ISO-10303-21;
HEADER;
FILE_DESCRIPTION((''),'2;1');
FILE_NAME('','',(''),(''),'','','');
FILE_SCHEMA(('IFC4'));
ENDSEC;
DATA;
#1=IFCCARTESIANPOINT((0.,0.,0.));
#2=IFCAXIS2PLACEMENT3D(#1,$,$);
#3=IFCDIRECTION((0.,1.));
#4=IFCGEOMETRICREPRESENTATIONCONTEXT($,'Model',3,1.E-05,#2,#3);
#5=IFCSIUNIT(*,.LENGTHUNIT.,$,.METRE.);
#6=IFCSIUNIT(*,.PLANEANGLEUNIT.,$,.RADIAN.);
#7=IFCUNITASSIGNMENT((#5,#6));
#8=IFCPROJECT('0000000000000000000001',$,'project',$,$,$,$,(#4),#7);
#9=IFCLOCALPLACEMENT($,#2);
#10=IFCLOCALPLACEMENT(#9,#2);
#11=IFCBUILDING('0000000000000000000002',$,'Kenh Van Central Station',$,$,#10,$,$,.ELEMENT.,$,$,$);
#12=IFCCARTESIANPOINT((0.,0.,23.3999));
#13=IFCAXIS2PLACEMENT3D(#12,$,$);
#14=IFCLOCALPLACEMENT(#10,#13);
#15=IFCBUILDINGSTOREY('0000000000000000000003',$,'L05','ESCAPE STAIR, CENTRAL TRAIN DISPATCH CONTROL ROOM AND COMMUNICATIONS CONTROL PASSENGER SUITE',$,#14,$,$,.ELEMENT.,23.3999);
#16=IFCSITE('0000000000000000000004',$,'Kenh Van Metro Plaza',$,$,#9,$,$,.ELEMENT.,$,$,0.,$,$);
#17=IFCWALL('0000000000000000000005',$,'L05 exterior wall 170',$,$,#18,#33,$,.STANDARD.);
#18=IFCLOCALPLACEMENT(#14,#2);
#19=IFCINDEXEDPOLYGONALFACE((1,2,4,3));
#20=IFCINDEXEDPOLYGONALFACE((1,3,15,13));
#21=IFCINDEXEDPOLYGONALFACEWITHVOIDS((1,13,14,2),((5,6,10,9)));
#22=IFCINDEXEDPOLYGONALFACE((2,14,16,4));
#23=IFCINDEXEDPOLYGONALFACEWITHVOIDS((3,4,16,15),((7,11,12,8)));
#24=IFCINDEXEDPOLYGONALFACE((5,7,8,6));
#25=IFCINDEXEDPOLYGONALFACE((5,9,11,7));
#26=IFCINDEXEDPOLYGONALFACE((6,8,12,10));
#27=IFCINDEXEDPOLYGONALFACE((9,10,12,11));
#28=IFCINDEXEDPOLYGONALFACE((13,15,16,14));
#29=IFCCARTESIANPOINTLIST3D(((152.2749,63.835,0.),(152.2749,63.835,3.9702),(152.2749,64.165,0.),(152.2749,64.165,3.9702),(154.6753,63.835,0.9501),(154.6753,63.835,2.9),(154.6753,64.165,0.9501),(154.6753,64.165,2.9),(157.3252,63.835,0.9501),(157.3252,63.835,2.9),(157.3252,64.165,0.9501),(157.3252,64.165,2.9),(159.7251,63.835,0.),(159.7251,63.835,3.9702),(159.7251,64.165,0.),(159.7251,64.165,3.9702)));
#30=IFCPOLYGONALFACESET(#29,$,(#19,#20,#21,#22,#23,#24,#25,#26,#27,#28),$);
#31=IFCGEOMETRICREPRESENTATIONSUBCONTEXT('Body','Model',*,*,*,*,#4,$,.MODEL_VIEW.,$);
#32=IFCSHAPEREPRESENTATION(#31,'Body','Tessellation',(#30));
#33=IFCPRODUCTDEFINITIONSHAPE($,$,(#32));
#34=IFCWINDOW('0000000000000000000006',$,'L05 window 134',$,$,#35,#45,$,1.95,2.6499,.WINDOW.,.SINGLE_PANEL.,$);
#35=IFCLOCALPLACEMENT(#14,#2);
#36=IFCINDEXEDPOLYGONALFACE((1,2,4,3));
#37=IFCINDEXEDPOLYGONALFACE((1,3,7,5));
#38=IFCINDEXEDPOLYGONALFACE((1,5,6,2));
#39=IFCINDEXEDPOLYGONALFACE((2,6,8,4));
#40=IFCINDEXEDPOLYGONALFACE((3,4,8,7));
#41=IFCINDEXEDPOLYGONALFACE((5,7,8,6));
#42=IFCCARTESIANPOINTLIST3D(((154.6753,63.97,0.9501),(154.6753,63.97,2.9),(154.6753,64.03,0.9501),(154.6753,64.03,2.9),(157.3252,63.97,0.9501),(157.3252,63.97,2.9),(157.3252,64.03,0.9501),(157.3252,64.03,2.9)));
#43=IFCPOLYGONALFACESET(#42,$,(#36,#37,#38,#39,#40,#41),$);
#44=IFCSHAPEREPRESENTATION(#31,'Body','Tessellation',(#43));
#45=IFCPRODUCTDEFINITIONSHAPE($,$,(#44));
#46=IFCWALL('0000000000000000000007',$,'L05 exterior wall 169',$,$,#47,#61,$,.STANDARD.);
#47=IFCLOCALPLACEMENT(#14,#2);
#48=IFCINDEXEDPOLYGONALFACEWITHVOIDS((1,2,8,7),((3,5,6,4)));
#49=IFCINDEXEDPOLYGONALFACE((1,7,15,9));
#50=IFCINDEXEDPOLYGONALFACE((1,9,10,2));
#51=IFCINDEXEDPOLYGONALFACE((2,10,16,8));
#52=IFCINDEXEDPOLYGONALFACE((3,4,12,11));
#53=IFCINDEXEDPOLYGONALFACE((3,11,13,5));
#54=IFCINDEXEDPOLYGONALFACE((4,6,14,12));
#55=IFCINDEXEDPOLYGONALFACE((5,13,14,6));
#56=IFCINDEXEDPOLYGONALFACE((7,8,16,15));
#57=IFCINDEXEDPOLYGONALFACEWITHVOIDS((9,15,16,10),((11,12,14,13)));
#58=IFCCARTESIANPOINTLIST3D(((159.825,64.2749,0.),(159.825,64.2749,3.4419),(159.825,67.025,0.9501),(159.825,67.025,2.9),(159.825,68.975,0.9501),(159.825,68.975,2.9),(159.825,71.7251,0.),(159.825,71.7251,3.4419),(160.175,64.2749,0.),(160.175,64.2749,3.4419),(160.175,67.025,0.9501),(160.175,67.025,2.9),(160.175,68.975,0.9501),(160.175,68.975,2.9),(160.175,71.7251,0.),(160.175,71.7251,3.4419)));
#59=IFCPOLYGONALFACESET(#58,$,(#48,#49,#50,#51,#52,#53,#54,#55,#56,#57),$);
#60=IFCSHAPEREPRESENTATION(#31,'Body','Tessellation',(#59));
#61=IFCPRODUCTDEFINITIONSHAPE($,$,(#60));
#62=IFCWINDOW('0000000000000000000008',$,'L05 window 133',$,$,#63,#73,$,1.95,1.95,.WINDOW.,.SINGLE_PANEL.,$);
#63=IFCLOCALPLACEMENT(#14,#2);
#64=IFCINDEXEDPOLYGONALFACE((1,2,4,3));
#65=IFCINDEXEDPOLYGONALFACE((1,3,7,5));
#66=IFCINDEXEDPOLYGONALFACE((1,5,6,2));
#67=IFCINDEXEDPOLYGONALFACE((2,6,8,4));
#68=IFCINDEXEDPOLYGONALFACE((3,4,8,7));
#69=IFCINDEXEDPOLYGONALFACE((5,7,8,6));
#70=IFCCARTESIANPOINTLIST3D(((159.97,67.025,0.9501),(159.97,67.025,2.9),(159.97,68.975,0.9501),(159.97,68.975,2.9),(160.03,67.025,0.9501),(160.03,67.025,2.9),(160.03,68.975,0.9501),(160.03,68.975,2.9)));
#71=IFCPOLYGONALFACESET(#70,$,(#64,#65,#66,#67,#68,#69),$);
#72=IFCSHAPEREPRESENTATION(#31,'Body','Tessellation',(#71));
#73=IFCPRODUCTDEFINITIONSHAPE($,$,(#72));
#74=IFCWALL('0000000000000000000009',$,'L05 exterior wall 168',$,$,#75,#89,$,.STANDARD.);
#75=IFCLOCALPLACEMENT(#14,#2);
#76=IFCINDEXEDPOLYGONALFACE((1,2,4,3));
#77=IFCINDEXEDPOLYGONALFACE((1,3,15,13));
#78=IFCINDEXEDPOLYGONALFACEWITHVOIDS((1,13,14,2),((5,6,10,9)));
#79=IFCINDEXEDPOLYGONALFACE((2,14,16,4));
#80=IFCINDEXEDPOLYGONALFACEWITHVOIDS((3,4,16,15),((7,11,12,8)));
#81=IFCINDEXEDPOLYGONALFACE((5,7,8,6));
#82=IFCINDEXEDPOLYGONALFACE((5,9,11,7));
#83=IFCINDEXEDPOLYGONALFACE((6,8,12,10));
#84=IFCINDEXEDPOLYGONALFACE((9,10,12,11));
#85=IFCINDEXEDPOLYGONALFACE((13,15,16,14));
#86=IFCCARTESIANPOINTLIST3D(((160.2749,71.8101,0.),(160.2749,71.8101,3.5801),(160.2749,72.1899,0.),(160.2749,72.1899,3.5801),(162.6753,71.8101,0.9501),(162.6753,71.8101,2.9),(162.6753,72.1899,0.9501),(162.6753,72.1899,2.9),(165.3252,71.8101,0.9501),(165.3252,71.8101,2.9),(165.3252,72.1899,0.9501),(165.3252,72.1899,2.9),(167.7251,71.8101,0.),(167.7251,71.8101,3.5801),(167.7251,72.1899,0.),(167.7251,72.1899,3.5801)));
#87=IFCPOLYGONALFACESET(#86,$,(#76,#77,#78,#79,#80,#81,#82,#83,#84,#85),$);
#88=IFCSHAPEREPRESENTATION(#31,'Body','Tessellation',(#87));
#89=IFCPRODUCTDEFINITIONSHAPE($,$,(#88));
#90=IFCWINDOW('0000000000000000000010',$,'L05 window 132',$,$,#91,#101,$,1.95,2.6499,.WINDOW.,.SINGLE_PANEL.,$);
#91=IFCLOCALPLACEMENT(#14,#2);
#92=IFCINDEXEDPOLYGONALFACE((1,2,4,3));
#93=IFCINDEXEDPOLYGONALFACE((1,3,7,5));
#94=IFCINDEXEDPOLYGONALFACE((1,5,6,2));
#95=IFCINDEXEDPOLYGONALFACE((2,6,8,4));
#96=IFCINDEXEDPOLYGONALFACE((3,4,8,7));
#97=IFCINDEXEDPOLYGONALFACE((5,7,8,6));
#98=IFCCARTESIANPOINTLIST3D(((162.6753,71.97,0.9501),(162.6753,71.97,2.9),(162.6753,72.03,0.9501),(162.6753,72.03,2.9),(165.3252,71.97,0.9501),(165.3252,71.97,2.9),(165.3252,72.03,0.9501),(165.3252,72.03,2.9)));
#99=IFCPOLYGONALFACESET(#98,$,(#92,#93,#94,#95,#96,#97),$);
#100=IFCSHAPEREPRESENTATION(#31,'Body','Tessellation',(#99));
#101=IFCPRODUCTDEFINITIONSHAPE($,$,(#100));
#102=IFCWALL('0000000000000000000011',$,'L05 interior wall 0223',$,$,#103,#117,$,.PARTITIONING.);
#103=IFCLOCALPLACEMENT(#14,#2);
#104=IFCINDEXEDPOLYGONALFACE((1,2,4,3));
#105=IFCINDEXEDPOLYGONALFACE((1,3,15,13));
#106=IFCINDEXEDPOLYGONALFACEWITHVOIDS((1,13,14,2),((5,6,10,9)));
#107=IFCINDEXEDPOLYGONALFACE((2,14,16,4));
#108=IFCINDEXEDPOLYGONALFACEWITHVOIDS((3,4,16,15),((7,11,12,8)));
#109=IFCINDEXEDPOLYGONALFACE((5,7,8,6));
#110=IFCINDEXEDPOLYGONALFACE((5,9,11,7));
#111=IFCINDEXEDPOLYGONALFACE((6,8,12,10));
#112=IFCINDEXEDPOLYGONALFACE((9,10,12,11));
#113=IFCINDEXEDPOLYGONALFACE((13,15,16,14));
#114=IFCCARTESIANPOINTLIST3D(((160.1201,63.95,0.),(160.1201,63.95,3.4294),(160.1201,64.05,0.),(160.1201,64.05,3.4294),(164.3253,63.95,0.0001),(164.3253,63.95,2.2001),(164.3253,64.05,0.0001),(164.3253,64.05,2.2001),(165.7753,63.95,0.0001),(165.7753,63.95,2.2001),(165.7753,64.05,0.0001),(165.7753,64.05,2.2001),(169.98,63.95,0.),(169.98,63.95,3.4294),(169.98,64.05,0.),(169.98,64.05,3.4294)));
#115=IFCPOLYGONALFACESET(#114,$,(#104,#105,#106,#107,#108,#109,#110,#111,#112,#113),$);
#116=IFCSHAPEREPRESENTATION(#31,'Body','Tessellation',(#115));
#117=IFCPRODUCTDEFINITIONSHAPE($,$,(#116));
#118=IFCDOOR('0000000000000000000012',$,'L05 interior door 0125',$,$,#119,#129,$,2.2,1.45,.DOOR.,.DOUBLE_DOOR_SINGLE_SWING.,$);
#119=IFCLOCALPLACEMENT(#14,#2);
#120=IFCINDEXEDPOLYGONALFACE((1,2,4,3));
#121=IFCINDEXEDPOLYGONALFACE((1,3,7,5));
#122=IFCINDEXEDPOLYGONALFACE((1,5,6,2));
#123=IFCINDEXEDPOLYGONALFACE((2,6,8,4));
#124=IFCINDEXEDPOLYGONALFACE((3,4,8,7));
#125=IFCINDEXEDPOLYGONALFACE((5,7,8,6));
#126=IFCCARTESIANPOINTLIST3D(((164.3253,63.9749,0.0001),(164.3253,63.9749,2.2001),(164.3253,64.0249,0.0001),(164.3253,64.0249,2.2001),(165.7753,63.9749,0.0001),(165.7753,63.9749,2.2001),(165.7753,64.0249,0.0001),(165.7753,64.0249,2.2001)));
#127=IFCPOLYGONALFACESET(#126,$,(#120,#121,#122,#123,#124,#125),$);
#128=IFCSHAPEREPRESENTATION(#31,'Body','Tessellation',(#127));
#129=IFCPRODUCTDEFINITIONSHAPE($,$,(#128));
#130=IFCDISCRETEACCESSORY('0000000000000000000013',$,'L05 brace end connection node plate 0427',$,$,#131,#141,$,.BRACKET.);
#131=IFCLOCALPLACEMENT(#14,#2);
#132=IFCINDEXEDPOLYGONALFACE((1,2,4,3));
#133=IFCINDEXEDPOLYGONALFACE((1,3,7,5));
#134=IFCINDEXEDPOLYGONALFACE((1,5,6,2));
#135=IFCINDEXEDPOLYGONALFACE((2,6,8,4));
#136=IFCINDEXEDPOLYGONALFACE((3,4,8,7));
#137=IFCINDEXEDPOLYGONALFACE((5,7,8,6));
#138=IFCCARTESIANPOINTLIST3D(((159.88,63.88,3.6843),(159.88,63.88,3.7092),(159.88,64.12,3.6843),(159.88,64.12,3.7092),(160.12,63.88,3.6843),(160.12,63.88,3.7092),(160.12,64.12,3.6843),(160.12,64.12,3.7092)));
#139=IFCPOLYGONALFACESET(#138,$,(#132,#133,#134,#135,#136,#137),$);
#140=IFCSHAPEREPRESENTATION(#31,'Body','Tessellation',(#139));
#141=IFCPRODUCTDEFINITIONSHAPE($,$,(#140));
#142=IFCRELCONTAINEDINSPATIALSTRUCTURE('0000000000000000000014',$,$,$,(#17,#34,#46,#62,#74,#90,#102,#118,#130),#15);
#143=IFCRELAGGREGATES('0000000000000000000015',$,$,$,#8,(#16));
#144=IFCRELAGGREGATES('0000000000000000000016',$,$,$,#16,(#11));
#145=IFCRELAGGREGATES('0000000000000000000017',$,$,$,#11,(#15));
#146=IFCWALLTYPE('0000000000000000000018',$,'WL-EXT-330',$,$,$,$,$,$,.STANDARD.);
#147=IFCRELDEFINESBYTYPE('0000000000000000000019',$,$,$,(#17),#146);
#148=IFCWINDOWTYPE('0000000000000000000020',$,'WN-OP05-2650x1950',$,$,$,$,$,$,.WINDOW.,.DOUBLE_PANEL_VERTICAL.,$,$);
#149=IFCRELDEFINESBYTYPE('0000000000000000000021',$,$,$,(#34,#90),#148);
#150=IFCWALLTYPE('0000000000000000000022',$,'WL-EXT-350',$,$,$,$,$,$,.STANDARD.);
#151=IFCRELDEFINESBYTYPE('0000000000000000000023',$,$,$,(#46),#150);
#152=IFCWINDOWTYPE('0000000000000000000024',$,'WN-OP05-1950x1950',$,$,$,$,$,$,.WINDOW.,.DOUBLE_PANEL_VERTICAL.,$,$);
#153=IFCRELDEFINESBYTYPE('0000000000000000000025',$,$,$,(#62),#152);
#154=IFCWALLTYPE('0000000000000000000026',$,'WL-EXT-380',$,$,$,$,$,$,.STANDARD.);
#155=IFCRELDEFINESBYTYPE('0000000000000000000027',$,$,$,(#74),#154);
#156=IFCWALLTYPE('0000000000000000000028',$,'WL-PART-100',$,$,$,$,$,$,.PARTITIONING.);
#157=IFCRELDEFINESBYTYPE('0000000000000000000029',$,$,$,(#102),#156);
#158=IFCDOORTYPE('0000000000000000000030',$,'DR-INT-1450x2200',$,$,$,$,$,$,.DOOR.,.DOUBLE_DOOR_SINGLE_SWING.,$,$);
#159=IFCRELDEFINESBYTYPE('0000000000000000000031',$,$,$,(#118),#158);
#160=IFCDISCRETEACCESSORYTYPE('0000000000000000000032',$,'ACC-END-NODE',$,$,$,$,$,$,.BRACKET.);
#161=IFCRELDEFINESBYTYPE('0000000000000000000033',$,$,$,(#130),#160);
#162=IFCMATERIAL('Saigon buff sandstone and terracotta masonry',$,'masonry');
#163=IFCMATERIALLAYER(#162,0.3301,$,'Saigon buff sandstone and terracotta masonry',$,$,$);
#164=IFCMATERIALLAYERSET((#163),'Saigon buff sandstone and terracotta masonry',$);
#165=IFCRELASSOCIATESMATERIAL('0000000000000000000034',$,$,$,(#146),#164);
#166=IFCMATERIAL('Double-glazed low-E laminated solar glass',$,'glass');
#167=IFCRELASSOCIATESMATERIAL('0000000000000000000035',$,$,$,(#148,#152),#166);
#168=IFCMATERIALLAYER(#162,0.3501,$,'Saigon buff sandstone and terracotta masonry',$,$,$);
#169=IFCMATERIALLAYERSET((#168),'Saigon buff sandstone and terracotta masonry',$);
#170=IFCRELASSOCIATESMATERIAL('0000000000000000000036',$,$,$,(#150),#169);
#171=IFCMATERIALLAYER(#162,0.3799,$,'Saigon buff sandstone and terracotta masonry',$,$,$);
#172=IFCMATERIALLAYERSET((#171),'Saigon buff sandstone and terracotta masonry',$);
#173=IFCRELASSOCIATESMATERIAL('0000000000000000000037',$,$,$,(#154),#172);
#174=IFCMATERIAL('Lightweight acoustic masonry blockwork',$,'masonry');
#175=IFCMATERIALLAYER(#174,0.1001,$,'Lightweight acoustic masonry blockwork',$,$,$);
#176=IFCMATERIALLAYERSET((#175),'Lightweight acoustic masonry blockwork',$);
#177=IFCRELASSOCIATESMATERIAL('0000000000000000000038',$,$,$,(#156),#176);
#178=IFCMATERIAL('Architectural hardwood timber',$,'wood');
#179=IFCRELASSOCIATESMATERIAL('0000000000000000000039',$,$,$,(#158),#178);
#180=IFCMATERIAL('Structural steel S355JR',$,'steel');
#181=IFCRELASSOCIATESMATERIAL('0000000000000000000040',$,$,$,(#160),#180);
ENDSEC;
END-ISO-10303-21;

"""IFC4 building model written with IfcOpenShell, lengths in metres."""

from ifc_helpers import new_model, si_unit, direction, frame, frame_2d, origin, origin_2d, place, context, subcontext, project, spatial, rectangle, extrude, material, layer, layer_set, type_object, element, fill, save


model = new_model("IFC4")

# Units and contexts
model_context = context("Model", 3, precision=1e-05, world=origin(), true_north=direction((0.0, 1.0)))
body_context = subcontext(model_context, "Body", "Model", "MODEL_VIEW")
ifc_project = project(units=[si_unit("LENGTHUNIT", "METRE"), si_unit("PLANEANGLEUNIT", "RADIAN")], contexts=[model_context])

# Site, building, storey
site_placement = place(None, origin())
site = spatial("IfcSite", under=ifc_project, at=site_placement, Name="Kenh Van Metro Plaza", CompositionType="ELEMENT", RefElevation=0.0)
building_placement = place(site_placement, origin())
building = spatial("IfcBuilding", under=site, at=building_placement, Name="Kenh Van Central Station", CompositionType="ELEMENT")
storey_placement = place(building_placement, frame((0.0, 0.0, 23.3999)))
storey = spatial("IfcBuildingStorey", under=building, at=storey_placement, Name="L05", Description="ESCAPE STAIR, CENTRAL TRAIN DISPATCH CONTROL ROOM AND COMMUNICATIONS CONTROL PASSENGER SUITE", CompositionType="ELEMENT", Elevation=23.3999)

# Walls, openings, windows
ifc_material_1 = material(Name="Saigon buff sandstone and terracotta masonry", Category="masonry")
ifc_layer_1 = layer(ifc_material_1, 0.3301, Name="Saigon buff sandstone and terracotta masonry")
ifc_layer_set_1 = layer_set([ifc_layer_1], Name="Saigon buff sandstone and terracotta masonry")
wall_type_1 = type_object("IfcWallType", Name="WL-EXT-330", PredefinedType="STANDARD", material=ifc_layer_set_1)
wall_1_placement = place(storey_placement, frame((159.7251, 64.0, 0.0), z_axis=(0.0, 0.0, 1.0), x_axis=(-1.0, 0.0, 0.0)))
wall_1 = element("IfcWall", 1, at=wall_1_placement, inside=storey, type_object=wall_type_1, Name="L05 exterior wall 170", PredefinedType="STANDARD", context=body_context, shape_type="SweptSolid", body=[
    extrude(rectangle(XDim=7.4502, YDim=0.3301, at=frame_2d((3.7251, 0.0))), origin(), (0.0, 0.0, 1.0), 3.9702),
])
opening_1_placement = place(wall_1_placement, frame((2.3999, 0.0, 0.95)))
opening_1 = element("IfcOpeningElement", 2, at=opening_1_placement, cuts=wall_1, PredefinedType="OPENING", context=body_context, shape_type="SweptSolid", body=[
    extrude(rectangle(XDim=2.6499, YDim=1.95, at=frame_2d((1.325, 0.9751))), frame((0.0, 0.175, 0.0), z_axis=(0.0, -1.0, 0.0), x_axis=(1.0, 0.0, 0.0)), (0.0, 0.0, 1.0), 0.3501),
])
ifc_material_2 = material(Name="Double-glazed low-E laminated solar glass", Category="glass")
window_type_1 = type_object("IfcWindowType", Name="WN-OP05-2650x1950", PartitioningType="DOUBLE_PANEL_VERTICAL", PredefinedType="WINDOW", material=ifc_material_2)
window_1_placement = place(opening_1_placement, origin())
window_1 = element("IfcWindow", 3, at=window_1_placement, inside=storey, type_object=window_type_1, Name="L05 window 134", OverallHeight=1.95, OverallWidth=2.6499, PartitioningType="SINGLE_PANEL", PredefinedType="WINDOW", context=body_context, shape_type="SweptSolid", body=[
    extrude(rectangle(XDim=2.6499, YDim=1.95, at=frame_2d((1.325, 0.9751))), frame((0.0, 0.03, 0.0), z_axis=(0.0, -1.0, 0.0), x_axis=(1.0, 0.0, 0.0)), (0.0, 0.0, 1.0), 0.0601),
])
fill(opening_1, window_1)
ifc_layer_2 = layer(ifc_material_1, 0.3501, Name="Saigon buff sandstone and terracotta masonry")
ifc_layer_set_2 = layer_set([ifc_layer_2], Name="Saigon buff sandstone and terracotta masonry")
wall_type_2 = type_object("IfcWallType", Name="WL-EXT-350", PredefinedType="STANDARD", material=ifc_layer_set_2)
wall_2_placement = place(storey_placement, frame((160.0, 71.7251, 0.0), z_axis=(0.0, 0.0, 1.0), x_axis=(0.0, -1.0, 0.0)))
wall_2 = element("IfcWall", 4, at=wall_2_placement, inside=storey, type_object=wall_type_2, Name="L05 exterior wall 169", PredefinedType="STANDARD", context=body_context, shape_type="SweptSolid", body=[
    extrude(rectangle(XDim=7.4502, YDim=0.3501, at=frame_2d((3.7251, 0.0))), origin(), (0.0, 0.0, 1.0), 3.4419),
])
opening_2_placement = place(wall_2_placement, frame((2.75, 0.0, 0.95)))
opening_2 = element("IfcOpeningElement", 5, at=opening_2_placement, cuts=wall_2, PredefinedType="OPENING", context=body_context, shape_type="SweptSolid", body=[
    extrude(rectangle(XDim=1.95, YDim=1.95, at=frame_2d((0.9751, 0.9751))), frame((0.0, 0.1851, 0.0), z_axis=(0.0, -1.0, 0.0), x_axis=(1.0, 0.0, 0.0)), (0.0, 0.0, 1.0), 0.3701),
])
window_type_2 = type_object("IfcWindowType", Name="WN-OP05-1950x1950", PartitioningType="DOUBLE_PANEL_VERTICAL", PredefinedType="WINDOW", material=ifc_material_2)
window_2_placement = place(opening_2_placement, origin())
window_2 = element("IfcWindow", 6, at=window_2_placement, inside=storey, type_object=window_type_2, Name="L05 window 133", OverallHeight=1.95, OverallWidth=1.95, PartitioningType="SINGLE_PANEL", PredefinedType="WINDOW", context=body_context, shape_type="SweptSolid", body=[
    extrude(rectangle(XDim=1.95, YDim=1.95, at=frame_2d((0.9751, 0.9751))), frame((0.0, 0.03, 0.0), z_axis=(0.0, -1.0, 0.0), x_axis=(1.0, 0.0, 0.0)), (0.0, 0.0, 1.0), 0.0601),
])
fill(opening_2, window_2)
ifc_layer_3 = layer(ifc_material_1, 0.3799, Name="Saigon buff sandstone and terracotta masonry")
ifc_layer_set_3 = layer_set([ifc_layer_3], Name="Saigon buff sandstone and terracotta masonry")
wall_type_3 = type_object("IfcWallType", Name="WL-EXT-380", PredefinedType="STANDARD", material=ifc_layer_set_3)
wall_3_placement = place(storey_placement, frame((167.7251, 72.0, 0.0), z_axis=(0.0, 0.0, 1.0), x_axis=(-1.0, 0.0, 0.0)))
wall_3 = element("IfcWall", 7, at=wall_3_placement, inside=storey, type_object=wall_type_3, Name="L05 exterior wall 168", PredefinedType="STANDARD", context=body_context, shape_type="SweptSolid", body=[
    extrude(rectangle(XDim=7.4502, YDim=0.3799, at=frame_2d((3.7251, 0.0))), origin(), (0.0, 0.0, 1.0), 3.5801),
])
opening_3_placement = place(wall_3_placement, frame((2.3999, 0.0, 0.95)))
opening_3 = element("IfcOpeningElement", 8, at=opening_3_placement, cuts=wall_3, PredefinedType="OPENING", context=body_context, shape_type="SweptSolid", body=[
    extrude(rectangle(XDim=2.6499, YDim=1.95, at=frame_2d((1.325, 0.9751))), frame((0.0, 0.2, 0.0), z_axis=(0.0, -1.0, 0.0), x_axis=(1.0, 0.0, 0.0)), (0.0, 0.0, 1.0), 0.3999),
])
window_3_placement = place(opening_3_placement, origin())
window_3 = element("IfcWindow", 9, at=window_3_placement, inside=storey, type_object=window_type_1, Name="L05 window 132", OverallHeight=1.95, OverallWidth=2.6499, PartitioningType="SINGLE_PANEL", PredefinedType="WINDOW", context=body_context, shape_type="SweptSolid", body=[
    extrude(rectangle(XDim=2.6499, YDim=1.95, at=frame_2d((1.325, 0.9751))), frame((0.0, 0.03, 0.0), z_axis=(0.0, -1.0, 0.0), x_axis=(1.0, 0.0, 0.0)), (0.0, 0.0, 1.0), 0.0601),
])
fill(opening_3, window_3)

# Wall, opening, door
ifc_material_3 = material(Name="Lightweight acoustic masonry blockwork", Category="masonry")
ifc_layer_4 = layer(ifc_material_3, 0.1001, Name="Lightweight acoustic masonry blockwork")
ifc_layer_set_4 = layer_set([ifc_layer_4], Name="Lightweight acoustic masonry blockwork")
wall_type_4 = type_object("IfcWallType", Name="WL-PART-100", PredefinedType="PARTITIONING", material=ifc_layer_set_4)
wall_4_placement = place(storey_placement, frame((160.1201, 64.0, 0.0), z_axis=(0.0, 0.0, 1.0), x_axis=(1.0, 0.0, 0.0)))
wall_4 = element("IfcWall", 10, at=wall_4_placement, inside=storey, type_object=wall_type_4, Name="L05 interior wall 0223", PredefinedType="PARTITIONING", context=body_context, shape_type="SweptSolid", body=[
    extrude(rectangle(XDim=9.8599, YDim=0.1001, at=frame_2d((4.9299, 0.0))), origin(), (0.0, 0.0, 1.0), 3.4294),
])
opening_4_placement = place(wall_4_placement, frame((4.2051, 0.0, 0.0)))
opening_4 = element("IfcOpeningElement", 11, at=opening_4_placement, cuts=wall_4, PredefinedType="OPENING", context=body_context, shape_type="SweptSolid", body=[
    extrude(rectangle(XDim=1.45, YDim=2.2, at=frame_2d((0.7251, 1.1001))), frame((0.0, 0.0601, 0.0), z_axis=(0.0, -1.0, 0.0), x_axis=(1.0, 0.0, 0.0)), (0.0, 0.0, 1.0), 0.1201),
])
ifc_material_4 = material(Name="Architectural hardwood timber", Category="wood")
door_type_1 = type_object("IfcDoorType", Name="DR-INT-1450x2200", OperationType="DOUBLE_DOOR_SINGLE_SWING", PredefinedType="DOOR", material=ifc_material_4)
door_1_placement = place(opening_4_placement, origin())
door_1 = element("IfcDoor", 12, at=door_1_placement, inside=storey, type_object=door_type_1, Name="L05 interior door 0125", OperationType="DOUBLE_DOOR_SINGLE_SWING", OverallHeight=2.2, OverallWidth=1.45, PredefinedType="DOOR", context=body_context, shape_type="SweptSolid", body=[
    extrude(rectangle(XDim=1.45, YDim=2.2, at=frame_2d((0.7251, 1.1001))), frame((0.0, 0.0249, 0.0), z_axis=(0.0, -1.0, 0.0), x_axis=(1.0, 0.0, 0.0)), (0.0, 0.0, 1.0), 0.05),
])
fill(opening_4, door_1)

# Discrete accessory
ifc_material_5 = material(Name="Structural steel S355JR", Category="steel")
discrete_accessory_type = type_object("IfcDiscreteAccessoryType", Name="ACC-END-NODE", PredefinedType="BRACKET", material=ifc_material_5)
discrete_accessory_placement = place(storey_placement, frame((160.0, 64.0, 3.6843), z_axis=(0.0, 0.0, 1.0), x_axis=(1.0, 0.0, 0.0)))
element("IfcDiscreteAccessory", 13, at=discrete_accessory_placement, inside=storey, type_object=discrete_accessory_type, Name="L05 brace end connection node plate 0427", PredefinedType="BRACKET", context=body_context, shape_type="SweptSolid", body=[
    extrude(rectangle(XDim=0.24, YDim=0.24, at=origin_2d()), origin(), (0.0, 0.0, 1.0), 0.0249),
])

save(model, "model.ifc")
